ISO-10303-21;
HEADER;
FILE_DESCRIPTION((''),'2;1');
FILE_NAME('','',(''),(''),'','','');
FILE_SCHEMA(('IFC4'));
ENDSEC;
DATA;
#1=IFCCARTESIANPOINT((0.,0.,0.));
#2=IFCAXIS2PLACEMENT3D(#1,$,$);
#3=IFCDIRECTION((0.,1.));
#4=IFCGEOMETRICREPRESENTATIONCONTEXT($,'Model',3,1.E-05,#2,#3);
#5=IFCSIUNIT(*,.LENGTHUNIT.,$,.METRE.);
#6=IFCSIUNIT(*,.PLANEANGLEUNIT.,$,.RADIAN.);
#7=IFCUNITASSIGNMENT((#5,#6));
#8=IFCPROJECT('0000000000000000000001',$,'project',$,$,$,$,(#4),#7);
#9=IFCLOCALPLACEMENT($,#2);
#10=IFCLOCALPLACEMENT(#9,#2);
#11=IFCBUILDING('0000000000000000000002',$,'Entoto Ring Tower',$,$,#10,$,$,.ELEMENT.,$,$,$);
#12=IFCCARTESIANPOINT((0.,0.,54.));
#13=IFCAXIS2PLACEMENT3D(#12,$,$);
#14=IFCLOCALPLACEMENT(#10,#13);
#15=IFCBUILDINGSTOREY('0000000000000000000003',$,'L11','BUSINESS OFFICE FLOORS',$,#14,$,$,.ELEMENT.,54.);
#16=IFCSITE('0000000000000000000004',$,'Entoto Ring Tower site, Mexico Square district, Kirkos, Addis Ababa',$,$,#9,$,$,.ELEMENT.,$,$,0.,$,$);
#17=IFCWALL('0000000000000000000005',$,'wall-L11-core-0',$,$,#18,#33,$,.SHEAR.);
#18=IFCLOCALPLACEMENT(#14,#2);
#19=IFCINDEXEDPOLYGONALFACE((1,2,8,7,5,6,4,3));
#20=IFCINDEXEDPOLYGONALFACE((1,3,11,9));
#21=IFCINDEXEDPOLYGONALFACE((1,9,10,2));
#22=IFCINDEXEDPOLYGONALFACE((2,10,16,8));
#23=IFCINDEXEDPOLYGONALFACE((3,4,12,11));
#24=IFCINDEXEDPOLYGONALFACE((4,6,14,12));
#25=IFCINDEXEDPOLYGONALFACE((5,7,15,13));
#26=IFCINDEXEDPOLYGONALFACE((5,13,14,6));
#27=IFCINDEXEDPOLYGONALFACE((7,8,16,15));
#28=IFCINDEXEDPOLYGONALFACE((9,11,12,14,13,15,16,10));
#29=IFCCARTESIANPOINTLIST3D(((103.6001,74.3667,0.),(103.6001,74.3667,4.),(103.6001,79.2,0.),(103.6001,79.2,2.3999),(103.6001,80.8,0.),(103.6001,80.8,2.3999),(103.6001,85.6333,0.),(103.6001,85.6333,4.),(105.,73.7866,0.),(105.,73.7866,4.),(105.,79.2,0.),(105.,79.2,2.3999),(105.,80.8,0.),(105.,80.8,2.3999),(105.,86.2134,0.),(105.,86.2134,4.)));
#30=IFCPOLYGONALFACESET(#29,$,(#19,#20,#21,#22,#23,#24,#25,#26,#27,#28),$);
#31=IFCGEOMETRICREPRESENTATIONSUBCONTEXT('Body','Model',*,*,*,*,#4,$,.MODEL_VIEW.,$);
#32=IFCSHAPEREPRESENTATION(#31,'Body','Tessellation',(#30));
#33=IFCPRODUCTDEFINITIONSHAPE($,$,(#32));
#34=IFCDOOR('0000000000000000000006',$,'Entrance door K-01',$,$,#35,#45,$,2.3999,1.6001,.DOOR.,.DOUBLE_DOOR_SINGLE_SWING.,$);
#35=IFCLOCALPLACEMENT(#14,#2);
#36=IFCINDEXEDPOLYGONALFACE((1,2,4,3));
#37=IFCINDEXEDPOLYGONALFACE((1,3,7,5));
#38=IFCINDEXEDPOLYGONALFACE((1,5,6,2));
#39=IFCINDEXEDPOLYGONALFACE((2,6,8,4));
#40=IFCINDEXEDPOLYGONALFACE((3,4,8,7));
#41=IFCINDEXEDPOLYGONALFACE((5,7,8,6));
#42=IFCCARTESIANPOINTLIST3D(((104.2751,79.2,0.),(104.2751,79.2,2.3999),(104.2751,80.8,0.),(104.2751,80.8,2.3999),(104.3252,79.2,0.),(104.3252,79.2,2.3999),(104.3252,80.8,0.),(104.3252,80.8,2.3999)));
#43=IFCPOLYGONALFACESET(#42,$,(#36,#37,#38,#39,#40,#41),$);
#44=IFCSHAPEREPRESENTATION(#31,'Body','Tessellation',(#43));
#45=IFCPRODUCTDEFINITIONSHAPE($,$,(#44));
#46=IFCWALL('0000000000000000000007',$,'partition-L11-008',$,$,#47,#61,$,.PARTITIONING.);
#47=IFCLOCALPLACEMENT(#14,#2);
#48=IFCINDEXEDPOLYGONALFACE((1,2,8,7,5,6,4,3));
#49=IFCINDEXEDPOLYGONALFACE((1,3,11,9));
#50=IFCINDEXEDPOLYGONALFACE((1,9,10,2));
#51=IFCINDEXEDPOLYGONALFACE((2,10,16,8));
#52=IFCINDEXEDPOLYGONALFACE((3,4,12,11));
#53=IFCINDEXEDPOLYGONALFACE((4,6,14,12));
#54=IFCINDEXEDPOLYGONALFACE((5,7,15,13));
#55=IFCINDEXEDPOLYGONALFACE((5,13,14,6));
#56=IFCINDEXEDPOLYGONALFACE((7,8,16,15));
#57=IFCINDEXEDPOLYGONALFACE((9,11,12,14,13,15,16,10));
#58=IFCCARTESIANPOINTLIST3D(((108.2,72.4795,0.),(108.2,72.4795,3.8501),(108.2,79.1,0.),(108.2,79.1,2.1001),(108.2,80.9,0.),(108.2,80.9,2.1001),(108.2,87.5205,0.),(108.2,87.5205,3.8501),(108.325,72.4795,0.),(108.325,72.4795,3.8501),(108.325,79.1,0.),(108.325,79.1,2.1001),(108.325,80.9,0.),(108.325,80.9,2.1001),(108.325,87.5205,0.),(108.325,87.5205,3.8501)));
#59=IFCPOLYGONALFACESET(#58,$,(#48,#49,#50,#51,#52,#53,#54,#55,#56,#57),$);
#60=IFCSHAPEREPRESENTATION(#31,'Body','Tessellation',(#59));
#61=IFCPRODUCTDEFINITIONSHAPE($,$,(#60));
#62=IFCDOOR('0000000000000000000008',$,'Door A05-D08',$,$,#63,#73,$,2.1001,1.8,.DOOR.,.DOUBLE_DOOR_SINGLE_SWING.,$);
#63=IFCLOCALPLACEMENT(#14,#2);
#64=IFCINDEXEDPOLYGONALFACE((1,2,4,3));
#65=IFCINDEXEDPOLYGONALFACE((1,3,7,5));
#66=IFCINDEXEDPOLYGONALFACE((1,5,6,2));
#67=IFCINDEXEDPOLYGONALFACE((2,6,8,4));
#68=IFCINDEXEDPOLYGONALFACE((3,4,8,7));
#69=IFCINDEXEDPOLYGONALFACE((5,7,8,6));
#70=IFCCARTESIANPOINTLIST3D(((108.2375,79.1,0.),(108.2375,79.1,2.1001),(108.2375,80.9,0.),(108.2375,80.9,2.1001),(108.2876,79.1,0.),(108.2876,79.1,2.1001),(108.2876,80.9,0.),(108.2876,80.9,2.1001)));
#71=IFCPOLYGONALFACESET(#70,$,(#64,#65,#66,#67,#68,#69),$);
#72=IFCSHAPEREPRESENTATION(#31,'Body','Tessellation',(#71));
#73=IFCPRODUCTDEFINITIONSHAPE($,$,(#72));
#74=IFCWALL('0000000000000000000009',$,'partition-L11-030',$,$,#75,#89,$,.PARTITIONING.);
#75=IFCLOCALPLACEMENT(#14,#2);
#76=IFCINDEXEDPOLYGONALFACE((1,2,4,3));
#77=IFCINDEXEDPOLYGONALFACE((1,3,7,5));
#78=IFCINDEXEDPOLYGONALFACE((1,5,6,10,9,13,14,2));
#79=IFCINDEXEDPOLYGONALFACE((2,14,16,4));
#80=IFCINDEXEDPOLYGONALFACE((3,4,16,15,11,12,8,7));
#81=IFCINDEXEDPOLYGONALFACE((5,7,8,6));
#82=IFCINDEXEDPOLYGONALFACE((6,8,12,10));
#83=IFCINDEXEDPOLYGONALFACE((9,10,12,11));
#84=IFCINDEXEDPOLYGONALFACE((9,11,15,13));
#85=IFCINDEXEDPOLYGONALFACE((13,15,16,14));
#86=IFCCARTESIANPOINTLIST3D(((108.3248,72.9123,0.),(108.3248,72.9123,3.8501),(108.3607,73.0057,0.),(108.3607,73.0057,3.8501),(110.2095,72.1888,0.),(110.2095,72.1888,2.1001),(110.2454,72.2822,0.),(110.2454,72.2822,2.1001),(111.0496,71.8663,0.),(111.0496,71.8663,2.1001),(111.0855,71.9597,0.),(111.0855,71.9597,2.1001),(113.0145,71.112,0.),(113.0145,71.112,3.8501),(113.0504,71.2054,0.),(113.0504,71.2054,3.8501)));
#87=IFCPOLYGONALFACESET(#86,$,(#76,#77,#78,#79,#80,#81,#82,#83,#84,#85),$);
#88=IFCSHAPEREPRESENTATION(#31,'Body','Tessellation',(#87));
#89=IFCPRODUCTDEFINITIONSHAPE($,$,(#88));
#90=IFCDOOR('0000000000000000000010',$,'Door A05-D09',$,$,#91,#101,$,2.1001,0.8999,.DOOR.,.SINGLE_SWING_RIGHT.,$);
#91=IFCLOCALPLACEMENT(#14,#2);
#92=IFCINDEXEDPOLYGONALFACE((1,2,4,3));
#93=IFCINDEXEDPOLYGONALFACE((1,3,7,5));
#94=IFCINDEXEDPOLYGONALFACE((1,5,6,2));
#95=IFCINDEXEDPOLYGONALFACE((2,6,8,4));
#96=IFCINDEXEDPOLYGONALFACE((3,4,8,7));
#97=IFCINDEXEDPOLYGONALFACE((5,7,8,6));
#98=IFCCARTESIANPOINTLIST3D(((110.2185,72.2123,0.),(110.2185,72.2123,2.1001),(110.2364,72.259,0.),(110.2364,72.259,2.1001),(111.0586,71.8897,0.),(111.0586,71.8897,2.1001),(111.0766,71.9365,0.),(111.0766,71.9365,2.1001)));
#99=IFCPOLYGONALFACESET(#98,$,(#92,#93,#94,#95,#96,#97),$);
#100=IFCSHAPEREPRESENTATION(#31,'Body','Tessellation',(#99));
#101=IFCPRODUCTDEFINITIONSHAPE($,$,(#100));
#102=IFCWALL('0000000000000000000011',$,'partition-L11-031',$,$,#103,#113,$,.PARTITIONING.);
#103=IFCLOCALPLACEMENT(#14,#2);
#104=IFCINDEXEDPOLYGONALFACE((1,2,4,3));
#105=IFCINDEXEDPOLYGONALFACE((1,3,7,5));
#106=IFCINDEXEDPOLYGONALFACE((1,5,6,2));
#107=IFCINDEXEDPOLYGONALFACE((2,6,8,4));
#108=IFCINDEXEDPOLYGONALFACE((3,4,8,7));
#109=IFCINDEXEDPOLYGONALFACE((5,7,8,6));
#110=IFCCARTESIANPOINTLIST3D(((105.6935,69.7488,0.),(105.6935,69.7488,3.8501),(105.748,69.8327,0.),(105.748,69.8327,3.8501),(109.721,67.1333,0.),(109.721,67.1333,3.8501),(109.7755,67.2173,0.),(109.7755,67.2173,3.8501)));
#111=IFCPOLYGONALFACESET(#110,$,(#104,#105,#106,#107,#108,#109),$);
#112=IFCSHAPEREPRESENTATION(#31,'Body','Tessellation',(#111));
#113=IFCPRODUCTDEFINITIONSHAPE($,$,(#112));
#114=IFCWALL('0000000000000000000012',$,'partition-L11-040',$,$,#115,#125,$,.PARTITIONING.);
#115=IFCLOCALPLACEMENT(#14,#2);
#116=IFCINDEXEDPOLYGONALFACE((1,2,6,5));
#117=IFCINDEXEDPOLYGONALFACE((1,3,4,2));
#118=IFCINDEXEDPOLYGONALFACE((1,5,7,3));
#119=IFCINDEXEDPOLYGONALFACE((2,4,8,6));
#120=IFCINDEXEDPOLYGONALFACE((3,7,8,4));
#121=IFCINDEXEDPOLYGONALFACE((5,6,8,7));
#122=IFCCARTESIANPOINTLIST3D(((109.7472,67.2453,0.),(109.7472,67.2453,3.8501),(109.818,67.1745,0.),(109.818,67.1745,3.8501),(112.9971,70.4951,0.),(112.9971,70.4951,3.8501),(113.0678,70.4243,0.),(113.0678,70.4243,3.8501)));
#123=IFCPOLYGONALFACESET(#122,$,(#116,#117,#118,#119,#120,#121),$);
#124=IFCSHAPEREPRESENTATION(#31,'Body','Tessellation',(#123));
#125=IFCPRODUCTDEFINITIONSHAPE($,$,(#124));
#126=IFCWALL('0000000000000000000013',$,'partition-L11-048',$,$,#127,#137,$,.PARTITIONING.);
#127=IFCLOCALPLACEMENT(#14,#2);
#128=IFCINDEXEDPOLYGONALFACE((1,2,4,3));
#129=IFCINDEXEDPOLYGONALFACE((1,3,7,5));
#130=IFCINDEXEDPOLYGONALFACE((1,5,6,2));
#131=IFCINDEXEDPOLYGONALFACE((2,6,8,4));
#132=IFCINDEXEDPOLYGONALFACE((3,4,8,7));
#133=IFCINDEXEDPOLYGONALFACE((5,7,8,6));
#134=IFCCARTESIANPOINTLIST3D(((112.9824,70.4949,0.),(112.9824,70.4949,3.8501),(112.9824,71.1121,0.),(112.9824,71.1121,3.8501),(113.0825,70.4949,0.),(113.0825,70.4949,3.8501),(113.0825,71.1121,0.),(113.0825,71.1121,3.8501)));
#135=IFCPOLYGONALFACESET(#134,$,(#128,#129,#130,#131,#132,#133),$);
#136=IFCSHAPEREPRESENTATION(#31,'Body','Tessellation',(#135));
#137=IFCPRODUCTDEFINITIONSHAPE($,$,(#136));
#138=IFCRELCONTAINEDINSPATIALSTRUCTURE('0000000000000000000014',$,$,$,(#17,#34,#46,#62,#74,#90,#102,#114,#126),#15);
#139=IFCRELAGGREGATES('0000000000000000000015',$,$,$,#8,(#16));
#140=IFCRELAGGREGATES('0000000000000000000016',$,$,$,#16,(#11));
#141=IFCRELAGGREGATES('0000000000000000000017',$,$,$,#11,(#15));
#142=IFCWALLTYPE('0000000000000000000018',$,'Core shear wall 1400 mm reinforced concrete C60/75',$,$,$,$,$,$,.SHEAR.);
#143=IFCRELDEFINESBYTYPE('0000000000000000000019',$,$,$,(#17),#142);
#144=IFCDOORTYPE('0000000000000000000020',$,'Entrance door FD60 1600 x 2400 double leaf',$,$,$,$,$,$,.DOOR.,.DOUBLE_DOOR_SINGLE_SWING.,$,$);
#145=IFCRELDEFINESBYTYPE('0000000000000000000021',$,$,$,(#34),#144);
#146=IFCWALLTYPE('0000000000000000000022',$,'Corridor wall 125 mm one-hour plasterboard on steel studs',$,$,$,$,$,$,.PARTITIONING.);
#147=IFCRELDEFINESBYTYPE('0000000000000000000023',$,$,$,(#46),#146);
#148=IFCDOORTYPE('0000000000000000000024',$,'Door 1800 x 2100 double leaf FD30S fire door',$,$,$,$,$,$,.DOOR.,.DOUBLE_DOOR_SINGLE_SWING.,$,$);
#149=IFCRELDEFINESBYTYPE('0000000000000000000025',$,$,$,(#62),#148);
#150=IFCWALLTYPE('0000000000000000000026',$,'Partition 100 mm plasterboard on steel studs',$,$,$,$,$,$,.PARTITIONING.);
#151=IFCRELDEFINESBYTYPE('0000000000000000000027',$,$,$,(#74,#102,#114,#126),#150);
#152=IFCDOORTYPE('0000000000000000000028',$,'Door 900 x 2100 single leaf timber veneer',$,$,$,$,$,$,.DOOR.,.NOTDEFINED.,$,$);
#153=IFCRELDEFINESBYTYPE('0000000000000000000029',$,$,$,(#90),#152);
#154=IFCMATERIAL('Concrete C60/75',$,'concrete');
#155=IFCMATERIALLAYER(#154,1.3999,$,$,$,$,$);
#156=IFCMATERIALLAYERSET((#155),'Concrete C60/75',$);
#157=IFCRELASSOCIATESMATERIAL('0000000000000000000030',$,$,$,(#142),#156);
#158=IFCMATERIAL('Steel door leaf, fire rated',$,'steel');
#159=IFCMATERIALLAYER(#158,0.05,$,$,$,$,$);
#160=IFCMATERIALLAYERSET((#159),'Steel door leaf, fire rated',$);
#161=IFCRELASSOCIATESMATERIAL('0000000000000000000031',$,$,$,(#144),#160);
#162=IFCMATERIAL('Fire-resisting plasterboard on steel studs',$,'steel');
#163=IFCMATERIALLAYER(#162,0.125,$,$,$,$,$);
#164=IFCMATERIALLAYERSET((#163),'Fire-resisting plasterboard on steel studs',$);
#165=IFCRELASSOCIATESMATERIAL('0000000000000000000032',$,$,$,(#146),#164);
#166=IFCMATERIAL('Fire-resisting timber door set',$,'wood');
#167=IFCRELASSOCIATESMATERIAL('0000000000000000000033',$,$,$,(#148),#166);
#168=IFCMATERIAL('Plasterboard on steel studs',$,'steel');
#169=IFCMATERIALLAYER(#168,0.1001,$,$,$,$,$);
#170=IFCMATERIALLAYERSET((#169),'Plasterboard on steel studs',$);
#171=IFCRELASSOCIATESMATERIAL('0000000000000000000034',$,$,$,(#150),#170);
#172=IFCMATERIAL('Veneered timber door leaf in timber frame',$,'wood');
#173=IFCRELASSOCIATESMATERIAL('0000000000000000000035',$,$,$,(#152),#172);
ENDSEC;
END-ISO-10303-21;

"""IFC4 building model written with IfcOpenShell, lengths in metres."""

from ifc_helpers import new_model, si_unit, direction, frame, frame_2d, origin, place, context, subcontext, project, spatial, polyline, rectangle, outline, extrude, material, layer, layer_set, type_object, element, fill, save


model = new_model("IFC4")

# Units and contexts
model_context = context("Model", 3, precision=1e-05, world=origin(), true_north=direction((0.0, 1.0)))
body_context = subcontext(model_context, "Body", "Model", "MODEL_VIEW")
ifc_project = project(units=[si_unit("LENGTHUNIT", "METRE"), si_unit("PLANEANGLEUNIT", "RADIAN")], contexts=[model_context])

# Site, building, storey
site_placement = place(None, origin())
site = spatial("IfcSite", under=ifc_project, at=site_placement, Name="Entoto Ring Tower site, Mexico Square district, Kirkos, Addis Ababa", CompositionType="ELEMENT", RefElevation=0.0)
building_placement = place(site_placement, origin())
building = spatial("IfcBuilding", under=site, at=building_placement, Name="Entoto Ring Tower", CompositionType="ELEMENT")
storey_placement = place(building_placement, frame((0.0, 0.0, 54.0)))
storey = spatial("IfcBuildingStorey", under=building, at=storey_placement, Name="L11", Description="BUSINESS OFFICE FLOORS", CompositionType="ELEMENT", Elevation=54.0)

# Walls, openings, doors
ifc_material_1 = material(Name="Concrete C60/75", Category="concrete")
ifc_layer_1 = layer(ifc_material_1, 1.3999)
ifc_layer_set_1 = layer_set([ifc_layer_1], Name="Concrete C60/75")
wall_type_1 = type_object("IfcWallType", Name="Core shear wall 1400 mm reinforced concrete C60/75", PredefinedType="SHEAR", material=ifc_layer_set_1)
wall_1_placement = place(storey_placement, frame((104.3, 74.0767, 0.0), z_axis=(0.0, 0.0, 1.0), x_axis=(0.0, 1.0, 0.0)))
wall_1 = element("IfcWall", 1, at=wall_1_placement, inside=storey, type_object=wall_type_1, Name="wall-L11-core-0", PredefinedType="SHEAR", context=body_context, shape_type="SweptSolid", body=[
    extrude(outline(polyline([(-0.29, -0.7), (12.1367, -0.7), (11.5566, 0.7), (0.29, 0.7), (-0.29, -0.7)])), origin(), (0.0, 0.0, 1.0), 4.0),
])
opening_1_placement = place(wall_1_placement, frame((5.1233, 0.0, 0.0)))
opening_1 = element("IfcOpeningElement", 2, at=opening_1_placement, cuts=wall_1, PredefinedType="OPENING", context=body_context, shape_type="SweptSolid", body=[
    extrude(rectangle(XDim=1.6001, YDim=2.3999, at=frame_2d((0.8, 1.2))), frame((0.0, 0.71, 0.0), z_axis=(0.0, -1.0, 0.0), x_axis=(1.0, 0.0, 0.0)), (0.0, 0.0, 1.0), 1.4199),
])
ifc_material_2 = material(Name="Steel door leaf, fire rated", Category="steel")
ifc_layer_2 = layer(ifc_material_2, 0.05)
ifc_layer_set_2 = layer_set([ifc_layer_2], Name="Steel door leaf, fire rated")
door_type_1 = type_object("IfcDoorType", Name="Entrance door FD60 1600 x 2400 double leaf", OperationType="DOUBLE_DOOR_SINGLE_SWING", PredefinedType="DOOR", material=ifc_layer_set_2)
door_1_placement = place(opening_1_placement, origin())
door_1 = element("IfcDoor", 3, at=door_1_placement, inside=storey, type_object=door_type_1, Name="Entrance door K-01", OperationType="DOUBLE_DOOR_SINGLE_SWING", OverallHeight=2.3999, OverallWidth=1.6001, PredefinedType="DOOR", context=body_context, shape_type="SweptSolid", body=[
    extrude(rectangle(XDim=1.6001, YDim=2.3999, at=frame_2d((0.8, 1.2))), frame((0.0, 0.0249, 0.0), z_axis=(0.0, -1.0, 0.0), x_axis=(1.0, 0.0, 0.0)), (0.0, 0.0, 1.0), 0.05),
])
fill(opening_1, door_1)
ifc_material_3 = material(Name="Fire-resisting plasterboard on steel studs", Category="steel")
ifc_layer_3 = layer(ifc_material_3, 0.125)
ifc_layer_set_3 = layer_set([ifc_layer_3], Name="Fire-resisting plasterboard on steel studs")
wall_type_2 = type_object("IfcWallType", Name="Corridor wall 125 mm one-hour plasterboard on steel studs", PredefinedType="PARTITIONING", material=ifc_layer_set_3)
wall_2_placement = place(storey_placement, frame((108.2625, 72.4795, 0.0), z_axis=(0.0, 0.0, 1.0), x_axis=(0.0, 1.0, 0.0)))
wall_2 = element("IfcWall", 4, at=wall_2_placement, inside=storey, type_object=wall_type_2, Name="partition-L11-008", PredefinedType="PARTITIONING", context=body_context, shape_type="SweptSolid", body=[
    extrude(rectangle(XDim=15.041, YDim=0.125, at=frame_2d((7.5205, 0.0))), origin(), (0.0, 0.0, 1.0), 3.8501),
])
opening_2_placement = place(wall_2_placement, frame((6.6206, 0.0, 0.0)))
opening_2 = element("IfcOpeningElement", 5, at=opening_2_placement, cuts=wall_2, PredefinedType="OPENING", context=body_context, shape_type="SweptSolid", body=[
    extrude(rectangle(XDim=1.8, YDim=2.1001, at=frame_2d((0.8999, 1.05))), frame((0.0, 0.0725, 0.0), z_axis=(0.0, -1.0, 0.0), x_axis=(1.0, 0.0, 0.0)), (0.0, 0.0, 1.0), 0.145),
])
ifc_material_4 = material(Name="Fire-resisting timber door set", Category="wood")
door_type_2 = type_object("IfcDoorType", Name="Door 1800 x 2100 double leaf FD30S fire door", OperationType="DOUBLE_DOOR_SINGLE_SWING", PredefinedType="DOOR", material=ifc_material_4)
door_2_placement = place(opening_2_placement, origin())
door_2 = element("IfcDoor", 6, at=door_2_placement, inside=storey, type_object=door_type_2, Name="Door A05-D08", OperationType="DOUBLE_DOOR_SINGLE_SWING", OverallHeight=2.1001, OverallWidth=1.8, PredefinedType="DOOR", context=body_context, shape_type="SweptSolid", body=[
    extrude(rectangle(XDim=1.8, YDim=2.1001, at=frame_2d((0.8999, 1.05))), frame((0.0, 0.0249, 0.0), z_axis=(0.0, -1.0, 0.0), x_axis=(1.0, 0.0, 0.0)), (0.0, 0.0, 1.0), 0.05),
])
fill(opening_2, door_2)
ifc_material_5 = material(Name="Plasterboard on steel studs", Category="steel")
ifc_layer_4 = layer(ifc_material_5, 0.1001)
ifc_layer_set_4 = layer_set([ifc_layer_4], Name="Plasterboard on steel studs")
wall_type_3 = type_object("IfcWallType", Name="Partition 100 mm plasterboard on steel studs", PredefinedType="PARTITIONING", material=ifc_layer_set_4)
wall_3_placement = place(storey_placement, frame((113.0325, 71.1587, 0.0), z_axis=(0.0, 0.0, 1.0), x_axis=(-0.933575, 0.358383, 0.0)))
wall_3 = element("IfcWall", 7, at=wall_3_placement, inside=storey, type_object=wall_type_3, Name="partition-L11-030", PredefinedType="PARTITIONING", context=body_context, shape_type="SweptSolid", body=[
    extrude(rectangle(XDim=5.0234, YDim=0.1001, at=frame_2d((2.5117, 0.0))), origin(), (0.0, 0.0, 1.0), 3.8501),
])
opening_3_placement = place(wall_3_placement, frame((2.1047, 0.0, 0.0)))
opening_3 = element("IfcOpeningElement", 8, at=opening_3_placement, cuts=wall_3, PredefinedType="OPENING", context=body_context, shape_type="SweptSolid", body=[
    extrude(rectangle(XDim=0.8999, YDim=2.1001, at=frame_2d((0.45, 1.05))), frame((0.0, 0.0601, 0.0), z_axis=(0.0, -1.0, 0.0), x_axis=(1.0, 0.0, 0.0)), (0.0, 0.0, 1.0), 0.1201),
])
ifc_material_6 = material(Name="Veneered timber door leaf in timber frame", Category="wood")
door_type_3 = type_object("IfcDoorType", Name="Door 900 x 2100 single leaf timber veneer", OperationType="NOTDEFINED", PredefinedType="DOOR", material=ifc_material_6)
door_3_placement = place(opening_3_placement, origin())
door_3 = element("IfcDoor", 9, at=door_3_placement, inside=storey, type_object=door_type_3, Name="Door A05-D09", OperationType="SINGLE_SWING_RIGHT", OverallHeight=2.1001, OverallWidth=0.8999, PredefinedType="DOOR", context=body_context, shape_type="SweptSolid", body=[
    extrude(rectangle(XDim=0.8999, YDim=2.1001, at=frame_2d((0.45, 1.05))), frame((0.0, 0.0249, 0.0), z_axis=(0.0, -1.0, 0.0), x_axis=(1.0, 0.0, 0.0)), (0.0, 0.0, 1.0), 0.05),
])
fill(opening_3, door_3)

# Walls
wall_4_placement = place(storey_placement, frame((109.7483, 67.1753, 0.0), z_axis=(0.0, 0.0, 1.0), x_axis=(-0.838677, 0.544629, 0.0)))
element("IfcWall", 10, at=wall_4_placement, inside=storey, type_object=wall_type_3, Name="partition-L11-031", PredefinedType="PARTITIONING", context=body_context, shape_type="SweptSolid", body=[
    extrude(rectangle(XDim=4.8022, YDim=0.1001, at=frame_2d((2.4011, 0.0))), origin(), (0.0, 0.0, 1.0), 3.8501),
])
wall_5_placement = place(storey_placement, frame((109.7827, 67.21, 0.0), z_axis=(0.0, 0.0, 1.0), x_axis=(0.707107, 0.707107, 0.0)))
element("IfcWall", 11, at=wall_5_placement, inside=storey, type_object=wall_type_3, Name="partition-L11-040", PredefinedType="PARTITIONING", context=body_context, shape_type="SweptSolid", body=[
    extrude(rectangle(XDim=4.5959, YDim=0.1001, at=frame_2d((2.2979, 0.0))), origin(), (0.0, 0.0, 1.0), 3.8501),
])
wall_6_placement = place(storey_placement, frame((113.0325, 70.4949, 0.0), z_axis=(0.0, 0.0, 1.0), x_axis=(0.0, 1.0, 0.0)))
element("IfcWall", 12, at=wall_6_placement, inside=storey, type_object=wall_type_3, Name="partition-L11-048", PredefinedType="PARTITIONING", context=body_context, shape_type="SweptSolid", body=[
    extrude(rectangle(XDim=0.6172, YDim=0.1001, at=frame_2d((0.3086, 0.0))), origin(), (0.0, 0.0, 1.0), 3.8501),
])

save(model, "model.ifc")
